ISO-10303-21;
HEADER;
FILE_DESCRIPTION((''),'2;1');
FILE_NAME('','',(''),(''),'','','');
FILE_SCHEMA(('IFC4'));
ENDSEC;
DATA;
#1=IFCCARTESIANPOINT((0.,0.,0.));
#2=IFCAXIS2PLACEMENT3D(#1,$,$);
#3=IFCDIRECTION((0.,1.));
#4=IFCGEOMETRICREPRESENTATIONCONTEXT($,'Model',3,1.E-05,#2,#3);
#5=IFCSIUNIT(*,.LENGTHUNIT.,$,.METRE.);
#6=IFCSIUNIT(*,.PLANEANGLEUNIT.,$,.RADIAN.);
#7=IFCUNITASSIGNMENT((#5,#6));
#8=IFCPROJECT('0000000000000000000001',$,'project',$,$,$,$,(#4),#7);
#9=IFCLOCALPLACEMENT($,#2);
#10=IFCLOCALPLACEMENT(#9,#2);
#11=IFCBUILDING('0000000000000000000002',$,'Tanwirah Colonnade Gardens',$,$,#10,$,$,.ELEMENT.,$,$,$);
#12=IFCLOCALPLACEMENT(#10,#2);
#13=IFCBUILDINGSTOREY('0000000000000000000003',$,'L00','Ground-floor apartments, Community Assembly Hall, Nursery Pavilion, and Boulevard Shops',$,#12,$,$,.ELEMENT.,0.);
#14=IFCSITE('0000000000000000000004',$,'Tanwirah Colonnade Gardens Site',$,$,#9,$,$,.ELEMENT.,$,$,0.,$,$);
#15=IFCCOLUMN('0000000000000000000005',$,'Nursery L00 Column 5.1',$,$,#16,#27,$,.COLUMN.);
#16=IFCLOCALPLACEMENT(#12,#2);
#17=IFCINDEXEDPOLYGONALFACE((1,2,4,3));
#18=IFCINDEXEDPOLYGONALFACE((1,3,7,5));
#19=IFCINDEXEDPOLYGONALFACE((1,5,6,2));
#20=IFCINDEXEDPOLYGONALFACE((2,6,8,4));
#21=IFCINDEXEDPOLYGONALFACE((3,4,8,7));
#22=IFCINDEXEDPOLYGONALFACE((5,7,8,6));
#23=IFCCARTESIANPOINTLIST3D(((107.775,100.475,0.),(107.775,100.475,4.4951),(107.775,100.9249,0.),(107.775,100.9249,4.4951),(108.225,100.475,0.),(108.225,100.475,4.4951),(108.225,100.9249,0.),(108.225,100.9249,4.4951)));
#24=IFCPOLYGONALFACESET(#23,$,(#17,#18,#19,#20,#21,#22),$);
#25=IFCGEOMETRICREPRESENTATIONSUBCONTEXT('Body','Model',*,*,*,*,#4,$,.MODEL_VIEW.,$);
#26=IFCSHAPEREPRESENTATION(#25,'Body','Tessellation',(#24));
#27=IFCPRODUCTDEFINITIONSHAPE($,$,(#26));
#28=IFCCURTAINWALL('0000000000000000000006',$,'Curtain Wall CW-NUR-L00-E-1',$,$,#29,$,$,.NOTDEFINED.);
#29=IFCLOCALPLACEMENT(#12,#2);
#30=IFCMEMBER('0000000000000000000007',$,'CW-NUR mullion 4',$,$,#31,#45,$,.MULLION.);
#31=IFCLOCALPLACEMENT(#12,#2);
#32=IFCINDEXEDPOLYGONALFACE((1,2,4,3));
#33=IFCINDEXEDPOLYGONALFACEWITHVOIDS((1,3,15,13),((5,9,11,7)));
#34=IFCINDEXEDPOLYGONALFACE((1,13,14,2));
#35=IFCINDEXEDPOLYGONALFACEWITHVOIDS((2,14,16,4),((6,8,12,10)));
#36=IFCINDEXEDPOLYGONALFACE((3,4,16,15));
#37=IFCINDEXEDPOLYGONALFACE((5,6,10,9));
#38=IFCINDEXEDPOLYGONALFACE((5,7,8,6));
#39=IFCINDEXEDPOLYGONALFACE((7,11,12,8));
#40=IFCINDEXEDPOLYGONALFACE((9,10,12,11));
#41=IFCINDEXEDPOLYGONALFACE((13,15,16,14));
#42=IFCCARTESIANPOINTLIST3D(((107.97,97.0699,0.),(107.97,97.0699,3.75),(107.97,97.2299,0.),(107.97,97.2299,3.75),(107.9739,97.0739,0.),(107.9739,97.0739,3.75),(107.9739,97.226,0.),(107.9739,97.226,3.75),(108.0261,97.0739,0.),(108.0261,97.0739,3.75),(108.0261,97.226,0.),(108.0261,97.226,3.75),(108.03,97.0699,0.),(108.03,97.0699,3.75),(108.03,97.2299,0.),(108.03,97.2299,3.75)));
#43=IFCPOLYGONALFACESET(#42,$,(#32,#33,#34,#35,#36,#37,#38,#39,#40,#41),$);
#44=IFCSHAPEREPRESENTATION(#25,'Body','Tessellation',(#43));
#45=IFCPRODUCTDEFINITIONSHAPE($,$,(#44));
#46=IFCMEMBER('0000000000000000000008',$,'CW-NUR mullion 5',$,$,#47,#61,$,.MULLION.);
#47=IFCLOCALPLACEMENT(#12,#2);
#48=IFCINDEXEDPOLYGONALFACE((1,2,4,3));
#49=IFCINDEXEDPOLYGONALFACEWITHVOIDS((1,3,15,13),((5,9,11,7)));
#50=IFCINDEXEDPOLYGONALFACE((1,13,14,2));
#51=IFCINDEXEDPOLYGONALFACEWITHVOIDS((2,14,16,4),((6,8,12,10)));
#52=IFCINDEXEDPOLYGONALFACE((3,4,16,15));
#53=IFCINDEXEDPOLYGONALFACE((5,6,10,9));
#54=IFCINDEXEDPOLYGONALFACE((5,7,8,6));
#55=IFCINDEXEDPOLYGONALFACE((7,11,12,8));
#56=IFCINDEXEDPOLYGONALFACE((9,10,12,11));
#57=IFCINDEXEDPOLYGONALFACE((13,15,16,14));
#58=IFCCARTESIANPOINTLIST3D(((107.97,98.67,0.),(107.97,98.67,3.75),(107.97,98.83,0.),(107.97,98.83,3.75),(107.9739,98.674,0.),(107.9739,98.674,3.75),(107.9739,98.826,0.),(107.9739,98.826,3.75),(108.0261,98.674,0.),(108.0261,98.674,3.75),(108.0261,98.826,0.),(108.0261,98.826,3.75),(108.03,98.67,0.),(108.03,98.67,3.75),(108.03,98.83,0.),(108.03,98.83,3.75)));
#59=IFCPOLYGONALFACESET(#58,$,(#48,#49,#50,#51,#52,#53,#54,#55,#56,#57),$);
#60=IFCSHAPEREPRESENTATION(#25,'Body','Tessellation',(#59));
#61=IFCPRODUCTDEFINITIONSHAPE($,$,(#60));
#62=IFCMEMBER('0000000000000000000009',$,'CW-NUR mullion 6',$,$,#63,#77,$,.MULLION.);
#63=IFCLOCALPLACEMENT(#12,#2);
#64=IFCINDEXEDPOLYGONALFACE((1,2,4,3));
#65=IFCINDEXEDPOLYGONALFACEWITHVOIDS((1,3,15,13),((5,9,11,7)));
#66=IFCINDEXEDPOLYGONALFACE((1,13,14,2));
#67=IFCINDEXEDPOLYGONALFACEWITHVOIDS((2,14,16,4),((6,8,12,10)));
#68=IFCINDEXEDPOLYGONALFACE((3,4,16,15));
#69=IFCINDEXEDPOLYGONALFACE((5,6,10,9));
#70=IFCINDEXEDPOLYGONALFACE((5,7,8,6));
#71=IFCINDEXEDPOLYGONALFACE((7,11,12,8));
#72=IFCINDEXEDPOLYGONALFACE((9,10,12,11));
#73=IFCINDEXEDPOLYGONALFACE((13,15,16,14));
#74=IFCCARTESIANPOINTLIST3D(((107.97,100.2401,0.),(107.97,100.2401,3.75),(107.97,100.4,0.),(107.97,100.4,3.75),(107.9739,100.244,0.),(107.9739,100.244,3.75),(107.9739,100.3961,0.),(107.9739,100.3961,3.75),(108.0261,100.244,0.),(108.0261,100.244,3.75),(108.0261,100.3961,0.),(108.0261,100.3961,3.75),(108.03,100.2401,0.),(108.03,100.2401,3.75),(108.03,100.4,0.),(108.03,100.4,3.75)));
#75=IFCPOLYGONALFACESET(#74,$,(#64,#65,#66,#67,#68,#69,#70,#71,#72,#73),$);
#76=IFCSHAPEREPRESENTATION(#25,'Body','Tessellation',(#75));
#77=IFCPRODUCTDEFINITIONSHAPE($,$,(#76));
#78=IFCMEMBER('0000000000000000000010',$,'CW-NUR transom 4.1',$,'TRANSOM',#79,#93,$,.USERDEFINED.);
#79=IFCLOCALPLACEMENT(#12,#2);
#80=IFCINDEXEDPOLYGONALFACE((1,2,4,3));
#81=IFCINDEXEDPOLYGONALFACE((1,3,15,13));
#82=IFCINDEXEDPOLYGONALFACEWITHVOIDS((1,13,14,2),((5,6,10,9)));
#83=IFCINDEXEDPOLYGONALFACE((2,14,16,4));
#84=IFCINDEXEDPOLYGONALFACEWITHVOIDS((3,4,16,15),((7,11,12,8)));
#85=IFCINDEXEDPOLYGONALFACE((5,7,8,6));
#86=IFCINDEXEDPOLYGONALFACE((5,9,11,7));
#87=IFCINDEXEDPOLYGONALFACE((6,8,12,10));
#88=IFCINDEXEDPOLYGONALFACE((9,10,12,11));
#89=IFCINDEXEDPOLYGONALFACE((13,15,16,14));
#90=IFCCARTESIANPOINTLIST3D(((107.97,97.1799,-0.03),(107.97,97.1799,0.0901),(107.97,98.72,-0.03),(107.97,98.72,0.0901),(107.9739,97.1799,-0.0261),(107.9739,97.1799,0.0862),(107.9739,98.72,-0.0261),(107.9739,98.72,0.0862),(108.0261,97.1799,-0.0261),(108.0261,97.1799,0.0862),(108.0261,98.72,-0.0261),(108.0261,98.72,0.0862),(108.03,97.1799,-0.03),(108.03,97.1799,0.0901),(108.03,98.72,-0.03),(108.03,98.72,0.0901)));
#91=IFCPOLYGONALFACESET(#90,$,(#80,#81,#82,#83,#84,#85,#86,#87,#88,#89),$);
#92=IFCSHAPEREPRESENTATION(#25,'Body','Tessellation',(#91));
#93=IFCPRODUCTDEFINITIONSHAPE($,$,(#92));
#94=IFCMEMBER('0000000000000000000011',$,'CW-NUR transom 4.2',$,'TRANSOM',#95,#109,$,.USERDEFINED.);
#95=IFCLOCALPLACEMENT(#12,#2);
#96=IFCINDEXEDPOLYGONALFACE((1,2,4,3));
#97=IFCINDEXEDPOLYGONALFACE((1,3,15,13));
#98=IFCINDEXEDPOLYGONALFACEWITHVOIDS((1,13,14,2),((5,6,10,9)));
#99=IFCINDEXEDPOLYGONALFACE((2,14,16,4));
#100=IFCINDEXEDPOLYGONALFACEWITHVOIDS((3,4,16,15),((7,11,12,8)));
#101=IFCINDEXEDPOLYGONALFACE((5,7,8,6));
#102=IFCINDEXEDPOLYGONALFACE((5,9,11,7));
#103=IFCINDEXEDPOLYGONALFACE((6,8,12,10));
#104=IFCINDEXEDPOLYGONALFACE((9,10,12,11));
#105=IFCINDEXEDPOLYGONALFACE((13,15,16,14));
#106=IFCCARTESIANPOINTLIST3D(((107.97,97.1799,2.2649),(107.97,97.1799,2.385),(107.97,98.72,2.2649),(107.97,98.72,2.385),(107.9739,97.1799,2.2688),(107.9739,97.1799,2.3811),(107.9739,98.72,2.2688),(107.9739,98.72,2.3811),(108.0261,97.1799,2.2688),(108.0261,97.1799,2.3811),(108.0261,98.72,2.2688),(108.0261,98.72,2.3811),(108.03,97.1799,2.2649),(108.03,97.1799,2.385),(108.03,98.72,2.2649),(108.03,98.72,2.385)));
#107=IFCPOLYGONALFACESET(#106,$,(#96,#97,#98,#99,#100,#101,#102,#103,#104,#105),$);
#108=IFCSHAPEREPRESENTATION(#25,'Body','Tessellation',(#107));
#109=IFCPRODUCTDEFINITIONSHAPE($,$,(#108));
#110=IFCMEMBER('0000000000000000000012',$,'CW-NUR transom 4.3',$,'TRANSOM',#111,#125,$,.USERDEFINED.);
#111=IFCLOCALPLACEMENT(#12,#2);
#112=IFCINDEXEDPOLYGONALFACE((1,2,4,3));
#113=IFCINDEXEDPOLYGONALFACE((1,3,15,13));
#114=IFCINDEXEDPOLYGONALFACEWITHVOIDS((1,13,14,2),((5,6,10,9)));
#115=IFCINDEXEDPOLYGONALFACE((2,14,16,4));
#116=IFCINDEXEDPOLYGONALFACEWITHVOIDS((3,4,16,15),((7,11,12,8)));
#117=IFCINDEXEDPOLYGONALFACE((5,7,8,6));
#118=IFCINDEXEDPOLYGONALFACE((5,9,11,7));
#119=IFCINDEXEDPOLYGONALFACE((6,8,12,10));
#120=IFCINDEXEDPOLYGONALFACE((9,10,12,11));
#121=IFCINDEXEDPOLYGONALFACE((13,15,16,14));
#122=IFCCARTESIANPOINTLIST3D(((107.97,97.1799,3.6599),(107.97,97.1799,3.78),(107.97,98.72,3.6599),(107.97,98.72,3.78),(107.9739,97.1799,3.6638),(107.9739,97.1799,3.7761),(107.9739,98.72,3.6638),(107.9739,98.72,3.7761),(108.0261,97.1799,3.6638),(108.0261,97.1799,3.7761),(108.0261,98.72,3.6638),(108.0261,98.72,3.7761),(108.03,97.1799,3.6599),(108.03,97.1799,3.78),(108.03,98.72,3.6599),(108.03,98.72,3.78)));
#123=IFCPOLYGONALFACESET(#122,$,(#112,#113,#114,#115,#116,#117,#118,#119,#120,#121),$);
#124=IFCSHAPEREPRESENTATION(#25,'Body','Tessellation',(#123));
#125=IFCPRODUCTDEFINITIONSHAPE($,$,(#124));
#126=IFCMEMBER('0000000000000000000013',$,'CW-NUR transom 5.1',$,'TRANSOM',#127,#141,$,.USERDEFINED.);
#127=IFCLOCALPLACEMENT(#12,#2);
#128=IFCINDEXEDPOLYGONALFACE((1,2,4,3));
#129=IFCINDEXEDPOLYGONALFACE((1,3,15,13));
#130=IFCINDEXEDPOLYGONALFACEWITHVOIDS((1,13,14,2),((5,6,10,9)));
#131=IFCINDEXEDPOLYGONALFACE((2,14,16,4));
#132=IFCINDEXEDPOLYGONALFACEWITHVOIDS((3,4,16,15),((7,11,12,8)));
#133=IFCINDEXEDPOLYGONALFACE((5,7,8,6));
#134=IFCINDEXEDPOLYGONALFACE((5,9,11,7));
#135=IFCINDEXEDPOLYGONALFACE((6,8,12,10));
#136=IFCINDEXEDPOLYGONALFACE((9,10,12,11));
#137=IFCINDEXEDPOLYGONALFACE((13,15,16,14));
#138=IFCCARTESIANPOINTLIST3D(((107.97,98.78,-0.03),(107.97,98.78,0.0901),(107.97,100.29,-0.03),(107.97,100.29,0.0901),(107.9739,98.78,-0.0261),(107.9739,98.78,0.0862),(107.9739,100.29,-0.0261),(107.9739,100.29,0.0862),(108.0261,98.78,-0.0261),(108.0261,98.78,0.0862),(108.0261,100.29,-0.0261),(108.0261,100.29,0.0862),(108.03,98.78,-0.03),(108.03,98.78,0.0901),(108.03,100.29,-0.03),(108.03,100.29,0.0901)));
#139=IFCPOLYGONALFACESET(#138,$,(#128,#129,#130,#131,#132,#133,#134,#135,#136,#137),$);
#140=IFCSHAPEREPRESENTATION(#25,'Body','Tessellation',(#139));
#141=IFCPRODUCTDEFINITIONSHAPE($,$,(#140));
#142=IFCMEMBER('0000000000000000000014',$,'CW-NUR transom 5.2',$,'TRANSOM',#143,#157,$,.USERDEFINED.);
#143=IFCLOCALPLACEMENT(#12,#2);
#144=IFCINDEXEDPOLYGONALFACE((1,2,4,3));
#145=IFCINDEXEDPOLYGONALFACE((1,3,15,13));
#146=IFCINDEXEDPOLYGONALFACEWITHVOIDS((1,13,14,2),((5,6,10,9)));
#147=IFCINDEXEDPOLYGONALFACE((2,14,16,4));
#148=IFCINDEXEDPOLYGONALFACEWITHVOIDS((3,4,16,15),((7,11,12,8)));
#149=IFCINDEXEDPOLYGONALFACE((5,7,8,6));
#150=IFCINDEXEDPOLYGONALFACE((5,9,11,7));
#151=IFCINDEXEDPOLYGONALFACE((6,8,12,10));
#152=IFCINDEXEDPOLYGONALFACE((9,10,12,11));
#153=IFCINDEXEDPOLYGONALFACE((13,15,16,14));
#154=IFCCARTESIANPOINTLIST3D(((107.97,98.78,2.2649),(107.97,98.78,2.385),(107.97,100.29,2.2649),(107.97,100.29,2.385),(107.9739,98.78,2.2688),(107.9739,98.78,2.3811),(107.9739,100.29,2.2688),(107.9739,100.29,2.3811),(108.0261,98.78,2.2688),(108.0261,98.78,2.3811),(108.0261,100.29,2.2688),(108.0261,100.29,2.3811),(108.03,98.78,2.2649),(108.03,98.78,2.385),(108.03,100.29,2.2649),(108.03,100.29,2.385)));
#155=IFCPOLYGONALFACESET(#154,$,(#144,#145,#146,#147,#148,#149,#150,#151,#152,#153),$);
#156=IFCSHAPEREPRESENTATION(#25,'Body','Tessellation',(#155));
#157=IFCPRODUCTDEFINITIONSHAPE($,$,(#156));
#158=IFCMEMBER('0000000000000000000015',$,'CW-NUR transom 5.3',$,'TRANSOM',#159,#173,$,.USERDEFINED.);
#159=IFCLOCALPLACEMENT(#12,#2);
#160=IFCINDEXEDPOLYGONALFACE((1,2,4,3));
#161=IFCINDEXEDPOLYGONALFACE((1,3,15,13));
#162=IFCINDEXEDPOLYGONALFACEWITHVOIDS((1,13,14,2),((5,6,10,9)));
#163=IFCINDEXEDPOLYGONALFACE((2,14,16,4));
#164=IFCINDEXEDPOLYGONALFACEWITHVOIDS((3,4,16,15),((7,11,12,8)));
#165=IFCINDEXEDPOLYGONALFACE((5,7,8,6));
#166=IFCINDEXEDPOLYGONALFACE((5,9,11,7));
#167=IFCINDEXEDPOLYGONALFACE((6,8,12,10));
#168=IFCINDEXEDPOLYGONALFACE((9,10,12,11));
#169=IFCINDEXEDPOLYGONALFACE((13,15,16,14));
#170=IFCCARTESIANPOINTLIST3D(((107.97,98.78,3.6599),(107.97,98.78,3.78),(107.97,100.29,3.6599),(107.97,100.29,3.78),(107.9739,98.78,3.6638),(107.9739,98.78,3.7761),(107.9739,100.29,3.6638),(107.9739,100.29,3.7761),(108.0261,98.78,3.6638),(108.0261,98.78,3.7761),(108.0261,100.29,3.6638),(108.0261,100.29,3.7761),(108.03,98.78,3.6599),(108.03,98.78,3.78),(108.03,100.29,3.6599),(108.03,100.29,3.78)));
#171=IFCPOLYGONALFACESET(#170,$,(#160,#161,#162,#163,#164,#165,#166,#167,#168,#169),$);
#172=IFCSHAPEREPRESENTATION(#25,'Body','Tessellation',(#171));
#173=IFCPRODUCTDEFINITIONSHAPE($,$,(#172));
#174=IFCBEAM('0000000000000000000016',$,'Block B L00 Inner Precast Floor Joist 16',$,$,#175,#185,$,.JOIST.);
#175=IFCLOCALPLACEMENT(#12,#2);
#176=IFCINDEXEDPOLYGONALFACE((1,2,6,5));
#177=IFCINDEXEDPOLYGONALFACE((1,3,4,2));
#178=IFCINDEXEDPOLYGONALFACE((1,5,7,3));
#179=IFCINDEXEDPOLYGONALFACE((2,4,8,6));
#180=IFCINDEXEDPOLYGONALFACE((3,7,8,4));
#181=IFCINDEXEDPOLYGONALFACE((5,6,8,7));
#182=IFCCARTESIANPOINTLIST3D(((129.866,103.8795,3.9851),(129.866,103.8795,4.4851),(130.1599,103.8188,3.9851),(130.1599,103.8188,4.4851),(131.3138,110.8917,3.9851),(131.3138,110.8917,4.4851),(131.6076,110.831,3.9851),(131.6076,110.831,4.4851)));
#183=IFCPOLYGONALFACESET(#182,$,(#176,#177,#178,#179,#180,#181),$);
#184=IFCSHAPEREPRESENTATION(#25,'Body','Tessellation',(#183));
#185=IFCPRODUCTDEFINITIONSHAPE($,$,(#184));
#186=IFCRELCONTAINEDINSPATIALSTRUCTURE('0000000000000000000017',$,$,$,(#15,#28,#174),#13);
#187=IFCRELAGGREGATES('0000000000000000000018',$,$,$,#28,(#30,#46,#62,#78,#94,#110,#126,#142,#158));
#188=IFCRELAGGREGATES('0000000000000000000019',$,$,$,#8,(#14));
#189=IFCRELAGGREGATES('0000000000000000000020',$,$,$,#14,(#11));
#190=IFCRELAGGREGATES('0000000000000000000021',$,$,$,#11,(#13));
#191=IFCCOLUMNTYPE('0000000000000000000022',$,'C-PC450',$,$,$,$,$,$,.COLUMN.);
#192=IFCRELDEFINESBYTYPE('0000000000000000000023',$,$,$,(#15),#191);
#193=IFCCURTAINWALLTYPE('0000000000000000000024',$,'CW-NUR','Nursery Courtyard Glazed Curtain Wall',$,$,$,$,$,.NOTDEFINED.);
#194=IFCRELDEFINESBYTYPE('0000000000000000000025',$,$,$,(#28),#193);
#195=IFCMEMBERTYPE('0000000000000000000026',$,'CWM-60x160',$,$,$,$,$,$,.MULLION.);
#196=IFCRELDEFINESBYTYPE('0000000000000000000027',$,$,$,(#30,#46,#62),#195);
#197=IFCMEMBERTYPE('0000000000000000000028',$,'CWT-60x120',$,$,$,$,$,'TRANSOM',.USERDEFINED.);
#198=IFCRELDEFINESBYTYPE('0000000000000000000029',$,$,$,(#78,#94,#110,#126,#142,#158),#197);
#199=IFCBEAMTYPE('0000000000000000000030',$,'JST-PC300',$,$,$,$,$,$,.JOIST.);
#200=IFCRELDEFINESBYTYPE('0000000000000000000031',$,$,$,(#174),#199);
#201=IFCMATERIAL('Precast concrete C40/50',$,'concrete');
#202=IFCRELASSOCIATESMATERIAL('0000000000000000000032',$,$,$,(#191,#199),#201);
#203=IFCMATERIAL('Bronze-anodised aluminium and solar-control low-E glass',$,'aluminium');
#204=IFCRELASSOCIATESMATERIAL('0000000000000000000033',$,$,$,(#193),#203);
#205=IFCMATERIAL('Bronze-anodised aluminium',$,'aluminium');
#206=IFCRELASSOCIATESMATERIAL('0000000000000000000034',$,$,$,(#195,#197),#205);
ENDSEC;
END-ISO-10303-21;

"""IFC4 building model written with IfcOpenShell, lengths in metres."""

from ifc_helpers import new_model, si_unit, direction, frame, origin, origin_2d, place, context, subcontext, project, spatial, rectangle, hollow_rectangle, extrude, material, material_profile, profile_set, type_object, element, aggregate, save


model = new_model("IFC4")

# Units and contexts
model_context = context("Model", 3, precision=1e-05, world=origin(), true_north=direction((0.0, 1.0)))
body_context = subcontext(model_context, "Body", "Model", "MODEL_VIEW")
ifc_project = project(units=[si_unit("LENGTHUNIT", "METRE"), si_unit("PLANEANGLEUNIT", "RADIAN")], contexts=[model_context])

# Site, building, storey
site_placement = place(None, origin())
site = spatial("IfcSite", under=ifc_project, at=site_placement, Name="Tanwirah Colonnade Gardens Site", CompositionType="ELEMENT", RefElevation=0.0)
building_placement = place(site_placement, origin())
building = spatial("IfcBuilding", under=site, at=building_placement, Name="Tanwirah Colonnade Gardens", CompositionType="ELEMENT")
storey_placement = place(building_placement, origin())
storey = spatial("IfcBuildingStorey", under=building, at=storey_placement, Name="L00", Description="Ground-floor apartments, Community Assembly Hall, Nursery Pavilion, and Boulevard Shops", CompositionType="ELEMENT", Elevation=0.0)

# Column
ifc_material_1 = material(Name="Precast concrete C40/50", Category="concrete")
ifc_material_profile_1 = material_profile(ifc_material_1, rectangle(XDim=0.45, YDim=0.45, at=origin_2d()), Name="PC-COL 450x450")
ifc_profile_set_1 = profile_set([ifc_material_profile_1], Name="Precast concrete C40/50")
column_type = type_object("IfcColumnType", Name="C-PC450", PredefinedType="COLUMN", material=ifc_profile_set_1)
column_placement = place(storey_placement, frame((108.0, 100.7, 0.0), z_axis=(0.0, 0.0, 1.0), x_axis=(1.0, 0.0, 0.0)))
element("IfcColumn", 1, at=column_placement, inside=storey, type_object=column_type, Name="Nursery L00 Column 5.1", PredefinedType="COLUMN", context=body_context, shape_type="SweptSolid", body=[
    extrude(rectangle(XDim=0.45, YDim=0.45, at=origin_2d()), origin(), (0.0, 0.0, 1.0), 4.4951),
])

# Curtain wall, members
ifc_material_2 = material(Name="Bronze-anodised aluminium and solar-control low-E glass", Category="aluminium")
curtain_wall_type = type_object("IfcCurtainWallType", Name="CW-NUR", Description="Nursery Courtyard Glazed Curtain Wall", PredefinedType="NOTDEFINED", material=ifc_material_2)
curtain_wall_placement = place(storey_placement, origin())
curtain_wall = element("IfcCurtainWall", 2, at=curtain_wall_placement, inside=storey, type_object=curtain_wall_type, Name="Curtain Wall CW-NUR-L00-E-1", PredefinedType="NOTDEFINED")
ifc_material_3 = material(Name="Bronze-anodised aluminium", Category="aluminium")
ifc_material_profile_2 = material_profile(ifc_material_3, hollow_rectangle(XDim=0.0601, YDim=0.1599, WallThickness=0.0039, at=origin_2d()), Name="CW-MUL 60x160x4")
ifc_profile_set_2 = profile_set([ifc_material_profile_2], Name="Bronze-anodised aluminium")
member_type_1 = type_object("IfcMemberType", Name="CWM-60x160", PredefinedType="MULLION", material=ifc_profile_set_2)
member_1_placement = place(storey_placement, frame((108.0, 97.1499, 0.0), z_axis=(0.0, 0.0, 1.0), x_axis=(-1.0, 0.0, 0.0)))
member_1 = element("IfcMember", 3, at=member_1_placement, type_object=member_type_1, Name="CW-NUR mullion 4", PredefinedType="MULLION", context=body_context, shape_type="SweptSolid", body=[
    extrude(hollow_rectangle(XDim=0.0601, YDim=0.1599, WallThickness=0.0039, at=origin_2d()), origin(), (0.0, 0.0, 1.0), 3.75),
])
member_2_placement = place(storey_placement, frame((108.0, 98.75, 0.0), z_axis=(0.0, 0.0, 1.0), x_axis=(-1.0, 0.0, 0.0)))
member_2 = element("IfcMember", 4, at=member_2_placement, type_object=member_type_1, Name="CW-NUR mullion 5", PredefinedType="MULLION", context=body_context, shape_type="SweptSolid", body=[
    extrude(hollow_rectangle(XDim=0.0601, YDim=0.1599, WallThickness=0.0039, at=origin_2d()), origin(), (0.0, 0.0, 1.0), 3.75),
])
member_3_placement = place(storey_placement, frame((108.0, 100.3201, 0.0), z_axis=(0.0, 0.0, 1.0), x_axis=(-1.0, 0.0, 0.0)))
member_3 = element("IfcMember", 5, at=member_3_placement, type_object=member_type_1, Name="CW-NUR mullion 6", PredefinedType="MULLION", context=body_context, shape_type="SweptSolid", body=[
    extrude(hollow_rectangle(XDim=0.0601, YDim=0.1599, WallThickness=0.0039, at=origin_2d()), origin(), (0.0, 0.0, 1.0), 3.75),
])
ifc_material_profile_3 = material_profile(ifc_material_3, hollow_rectangle(XDim=0.0601, YDim=0.1201, WallThickness=0.0039, at=origin_2d()), Name="CW-TRN 60x120x4")
ifc_profile_set_3 = profile_set([ifc_material_profile_3], Name="Bronze-anodised aluminium")
member_type_2 = type_object("IfcMemberType", Name="CWT-60x120", ElementType="TRANSOM", PredefinedType="USERDEFINED", material=ifc_profile_set_3)
member_4_placement = place(storey_placement, frame((108.0, 97.1799, 0.03), z_axis=(0.0, 1.0, 0.0), x_axis=(-1.0, 0.0, 0.0)))
member_4 = element("IfcMember", 6, at=member_4_placement, type_object=member_type_2, Name="CW-NUR transom 4.1", ObjectType="TRANSOM", PredefinedType="USERDEFINED", context=body_context, shape_type="SweptSolid", body=[
    extrude(hollow_rectangle(XDim=0.0601, YDim=0.1201, WallThickness=0.0039, at=origin_2d()), origin(), (0.0, 0.0, 1.0), 1.54),
])
member_5_placement = place(storey_placement, frame((108.0, 97.1799, 2.325), z_axis=(0.0, 1.0, 0.0), x_axis=(-1.0, 0.0, 0.0)))
member_5 = element("IfcMember", 7, at=member_5_placement, type_object=member_type_2, Name="CW-NUR transom 4.2", ObjectType="TRANSOM", PredefinedType="USERDEFINED", context=body_context, shape_type="SweptSolid", body=[
    extrude(hollow_rectangle(XDim=0.0601, YDim=0.1201, WallThickness=0.0039, at=origin_2d()), origin(), (0.0, 0.0, 1.0), 1.54),
])
member_6_placement = place(storey_placement, frame((108.0, 97.1799, 3.72), z_axis=(0.0, 1.0, 0.0), x_axis=(-1.0, 0.0, 0.0)))
member_6 = element("IfcMember", 8, at=member_6_placement, type_object=member_type_2, Name="CW-NUR transom 4.3", ObjectType="TRANSOM", PredefinedType="USERDEFINED", context=body_context, shape_type="SweptSolid", body=[
    extrude(hollow_rectangle(XDim=0.0601, YDim=0.1201, WallThickness=0.0039, at=origin_2d()), origin(), (0.0, 0.0, 1.0), 1.54),
])
member_7_placement = place(storey_placement, frame((108.0, 98.78, 0.03), z_axis=(0.0, 1.0, 0.0), x_axis=(-1.0, 0.0, 0.0)))
member_7 = element("IfcMember", 9, at=member_7_placement, type_object=member_type_2, Name="CW-NUR transom 5.1", ObjectType="TRANSOM", PredefinedType="USERDEFINED", context=body_context, shape_type="SweptSolid", body=[
    extrude(hollow_rectangle(XDim=0.0601, YDim=0.1201, WallThickness=0.0039, at=origin_2d()), origin(), (0.0, 0.0, 1.0), 1.51),
])
member_8_placement = place(storey_placement, frame((108.0, 98.78, 2.325), z_axis=(0.0, 1.0, 0.0), x_axis=(-1.0, 0.0, 0.0)))
member_8 = element("IfcMember", 10, at=member_8_placement, type_object=member_type_2, Name="CW-NUR transom 5.2", ObjectType="TRANSOM", PredefinedType="USERDEFINED", context=body_context, shape_type="SweptSolid", body=[
    extrude(hollow_rectangle(XDim=0.0601, YDim=0.1201, WallThickness=0.0039, at=origin_2d()), origin(), (0.0, 0.0, 1.0), 1.51),
])
member_9_placement = place(storey_placement, frame((108.0, 98.78, 3.72), z_axis=(0.0, 1.0, 0.0), x_axis=(-1.0, 0.0, 0.0)))
member_9 = element("IfcMember", 11, at=member_9_placement, type_object=member_type_2, Name="CW-NUR transom 5.3", ObjectType="TRANSOM", PredefinedType="USERDEFINED", context=body_context, shape_type="SweptSolid", body=[
    extrude(hollow_rectangle(XDim=0.0601, YDim=0.1201, WallThickness=0.0039, at=origin_2d()), origin(), (0.0, 0.0, 1.0), 1.51),
])

# Beam
ifc_material_profile_4 = material_profile(ifc_material_1, rectangle(XDim=0.3, YDim=0.5, at=origin_2d()), Name="PC-JST 300x500")
ifc_profile_set_4 = profile_set([ifc_material_profile_4], Name="Precast concrete C40/50")
beam_type = type_object("IfcBeamType", Name="JST-PC300", PredefinedType="JOIST", material=ifc_profile_set_4)
beam_placement = place(storey_placement, frame((130.0129, 103.8491, 4.2351), z_axis=(0.202197, 0.979345, 0.0), x_axis=(-0.979345, 0.202197, 0.0)))
element("IfcBeam", 12, at=beam_placement, inside=storey, type_object=beam_type, Name="Block B L00 Inner Precast Floor Joist 16", PredefinedType="JOIST", context=body_context, shape_type="SweptSolid", body=[
    extrude(rectangle(XDim=0.3, YDim=0.5, at=origin_2d()), origin(), (0.0, 0.0, 1.0), 7.1602),
])

aggregate(curtain_wall, [member_1, member_2, member_3, member_4, member_5, member_6, member_7, member_8, member_9])

save(model, "model.ifc")
